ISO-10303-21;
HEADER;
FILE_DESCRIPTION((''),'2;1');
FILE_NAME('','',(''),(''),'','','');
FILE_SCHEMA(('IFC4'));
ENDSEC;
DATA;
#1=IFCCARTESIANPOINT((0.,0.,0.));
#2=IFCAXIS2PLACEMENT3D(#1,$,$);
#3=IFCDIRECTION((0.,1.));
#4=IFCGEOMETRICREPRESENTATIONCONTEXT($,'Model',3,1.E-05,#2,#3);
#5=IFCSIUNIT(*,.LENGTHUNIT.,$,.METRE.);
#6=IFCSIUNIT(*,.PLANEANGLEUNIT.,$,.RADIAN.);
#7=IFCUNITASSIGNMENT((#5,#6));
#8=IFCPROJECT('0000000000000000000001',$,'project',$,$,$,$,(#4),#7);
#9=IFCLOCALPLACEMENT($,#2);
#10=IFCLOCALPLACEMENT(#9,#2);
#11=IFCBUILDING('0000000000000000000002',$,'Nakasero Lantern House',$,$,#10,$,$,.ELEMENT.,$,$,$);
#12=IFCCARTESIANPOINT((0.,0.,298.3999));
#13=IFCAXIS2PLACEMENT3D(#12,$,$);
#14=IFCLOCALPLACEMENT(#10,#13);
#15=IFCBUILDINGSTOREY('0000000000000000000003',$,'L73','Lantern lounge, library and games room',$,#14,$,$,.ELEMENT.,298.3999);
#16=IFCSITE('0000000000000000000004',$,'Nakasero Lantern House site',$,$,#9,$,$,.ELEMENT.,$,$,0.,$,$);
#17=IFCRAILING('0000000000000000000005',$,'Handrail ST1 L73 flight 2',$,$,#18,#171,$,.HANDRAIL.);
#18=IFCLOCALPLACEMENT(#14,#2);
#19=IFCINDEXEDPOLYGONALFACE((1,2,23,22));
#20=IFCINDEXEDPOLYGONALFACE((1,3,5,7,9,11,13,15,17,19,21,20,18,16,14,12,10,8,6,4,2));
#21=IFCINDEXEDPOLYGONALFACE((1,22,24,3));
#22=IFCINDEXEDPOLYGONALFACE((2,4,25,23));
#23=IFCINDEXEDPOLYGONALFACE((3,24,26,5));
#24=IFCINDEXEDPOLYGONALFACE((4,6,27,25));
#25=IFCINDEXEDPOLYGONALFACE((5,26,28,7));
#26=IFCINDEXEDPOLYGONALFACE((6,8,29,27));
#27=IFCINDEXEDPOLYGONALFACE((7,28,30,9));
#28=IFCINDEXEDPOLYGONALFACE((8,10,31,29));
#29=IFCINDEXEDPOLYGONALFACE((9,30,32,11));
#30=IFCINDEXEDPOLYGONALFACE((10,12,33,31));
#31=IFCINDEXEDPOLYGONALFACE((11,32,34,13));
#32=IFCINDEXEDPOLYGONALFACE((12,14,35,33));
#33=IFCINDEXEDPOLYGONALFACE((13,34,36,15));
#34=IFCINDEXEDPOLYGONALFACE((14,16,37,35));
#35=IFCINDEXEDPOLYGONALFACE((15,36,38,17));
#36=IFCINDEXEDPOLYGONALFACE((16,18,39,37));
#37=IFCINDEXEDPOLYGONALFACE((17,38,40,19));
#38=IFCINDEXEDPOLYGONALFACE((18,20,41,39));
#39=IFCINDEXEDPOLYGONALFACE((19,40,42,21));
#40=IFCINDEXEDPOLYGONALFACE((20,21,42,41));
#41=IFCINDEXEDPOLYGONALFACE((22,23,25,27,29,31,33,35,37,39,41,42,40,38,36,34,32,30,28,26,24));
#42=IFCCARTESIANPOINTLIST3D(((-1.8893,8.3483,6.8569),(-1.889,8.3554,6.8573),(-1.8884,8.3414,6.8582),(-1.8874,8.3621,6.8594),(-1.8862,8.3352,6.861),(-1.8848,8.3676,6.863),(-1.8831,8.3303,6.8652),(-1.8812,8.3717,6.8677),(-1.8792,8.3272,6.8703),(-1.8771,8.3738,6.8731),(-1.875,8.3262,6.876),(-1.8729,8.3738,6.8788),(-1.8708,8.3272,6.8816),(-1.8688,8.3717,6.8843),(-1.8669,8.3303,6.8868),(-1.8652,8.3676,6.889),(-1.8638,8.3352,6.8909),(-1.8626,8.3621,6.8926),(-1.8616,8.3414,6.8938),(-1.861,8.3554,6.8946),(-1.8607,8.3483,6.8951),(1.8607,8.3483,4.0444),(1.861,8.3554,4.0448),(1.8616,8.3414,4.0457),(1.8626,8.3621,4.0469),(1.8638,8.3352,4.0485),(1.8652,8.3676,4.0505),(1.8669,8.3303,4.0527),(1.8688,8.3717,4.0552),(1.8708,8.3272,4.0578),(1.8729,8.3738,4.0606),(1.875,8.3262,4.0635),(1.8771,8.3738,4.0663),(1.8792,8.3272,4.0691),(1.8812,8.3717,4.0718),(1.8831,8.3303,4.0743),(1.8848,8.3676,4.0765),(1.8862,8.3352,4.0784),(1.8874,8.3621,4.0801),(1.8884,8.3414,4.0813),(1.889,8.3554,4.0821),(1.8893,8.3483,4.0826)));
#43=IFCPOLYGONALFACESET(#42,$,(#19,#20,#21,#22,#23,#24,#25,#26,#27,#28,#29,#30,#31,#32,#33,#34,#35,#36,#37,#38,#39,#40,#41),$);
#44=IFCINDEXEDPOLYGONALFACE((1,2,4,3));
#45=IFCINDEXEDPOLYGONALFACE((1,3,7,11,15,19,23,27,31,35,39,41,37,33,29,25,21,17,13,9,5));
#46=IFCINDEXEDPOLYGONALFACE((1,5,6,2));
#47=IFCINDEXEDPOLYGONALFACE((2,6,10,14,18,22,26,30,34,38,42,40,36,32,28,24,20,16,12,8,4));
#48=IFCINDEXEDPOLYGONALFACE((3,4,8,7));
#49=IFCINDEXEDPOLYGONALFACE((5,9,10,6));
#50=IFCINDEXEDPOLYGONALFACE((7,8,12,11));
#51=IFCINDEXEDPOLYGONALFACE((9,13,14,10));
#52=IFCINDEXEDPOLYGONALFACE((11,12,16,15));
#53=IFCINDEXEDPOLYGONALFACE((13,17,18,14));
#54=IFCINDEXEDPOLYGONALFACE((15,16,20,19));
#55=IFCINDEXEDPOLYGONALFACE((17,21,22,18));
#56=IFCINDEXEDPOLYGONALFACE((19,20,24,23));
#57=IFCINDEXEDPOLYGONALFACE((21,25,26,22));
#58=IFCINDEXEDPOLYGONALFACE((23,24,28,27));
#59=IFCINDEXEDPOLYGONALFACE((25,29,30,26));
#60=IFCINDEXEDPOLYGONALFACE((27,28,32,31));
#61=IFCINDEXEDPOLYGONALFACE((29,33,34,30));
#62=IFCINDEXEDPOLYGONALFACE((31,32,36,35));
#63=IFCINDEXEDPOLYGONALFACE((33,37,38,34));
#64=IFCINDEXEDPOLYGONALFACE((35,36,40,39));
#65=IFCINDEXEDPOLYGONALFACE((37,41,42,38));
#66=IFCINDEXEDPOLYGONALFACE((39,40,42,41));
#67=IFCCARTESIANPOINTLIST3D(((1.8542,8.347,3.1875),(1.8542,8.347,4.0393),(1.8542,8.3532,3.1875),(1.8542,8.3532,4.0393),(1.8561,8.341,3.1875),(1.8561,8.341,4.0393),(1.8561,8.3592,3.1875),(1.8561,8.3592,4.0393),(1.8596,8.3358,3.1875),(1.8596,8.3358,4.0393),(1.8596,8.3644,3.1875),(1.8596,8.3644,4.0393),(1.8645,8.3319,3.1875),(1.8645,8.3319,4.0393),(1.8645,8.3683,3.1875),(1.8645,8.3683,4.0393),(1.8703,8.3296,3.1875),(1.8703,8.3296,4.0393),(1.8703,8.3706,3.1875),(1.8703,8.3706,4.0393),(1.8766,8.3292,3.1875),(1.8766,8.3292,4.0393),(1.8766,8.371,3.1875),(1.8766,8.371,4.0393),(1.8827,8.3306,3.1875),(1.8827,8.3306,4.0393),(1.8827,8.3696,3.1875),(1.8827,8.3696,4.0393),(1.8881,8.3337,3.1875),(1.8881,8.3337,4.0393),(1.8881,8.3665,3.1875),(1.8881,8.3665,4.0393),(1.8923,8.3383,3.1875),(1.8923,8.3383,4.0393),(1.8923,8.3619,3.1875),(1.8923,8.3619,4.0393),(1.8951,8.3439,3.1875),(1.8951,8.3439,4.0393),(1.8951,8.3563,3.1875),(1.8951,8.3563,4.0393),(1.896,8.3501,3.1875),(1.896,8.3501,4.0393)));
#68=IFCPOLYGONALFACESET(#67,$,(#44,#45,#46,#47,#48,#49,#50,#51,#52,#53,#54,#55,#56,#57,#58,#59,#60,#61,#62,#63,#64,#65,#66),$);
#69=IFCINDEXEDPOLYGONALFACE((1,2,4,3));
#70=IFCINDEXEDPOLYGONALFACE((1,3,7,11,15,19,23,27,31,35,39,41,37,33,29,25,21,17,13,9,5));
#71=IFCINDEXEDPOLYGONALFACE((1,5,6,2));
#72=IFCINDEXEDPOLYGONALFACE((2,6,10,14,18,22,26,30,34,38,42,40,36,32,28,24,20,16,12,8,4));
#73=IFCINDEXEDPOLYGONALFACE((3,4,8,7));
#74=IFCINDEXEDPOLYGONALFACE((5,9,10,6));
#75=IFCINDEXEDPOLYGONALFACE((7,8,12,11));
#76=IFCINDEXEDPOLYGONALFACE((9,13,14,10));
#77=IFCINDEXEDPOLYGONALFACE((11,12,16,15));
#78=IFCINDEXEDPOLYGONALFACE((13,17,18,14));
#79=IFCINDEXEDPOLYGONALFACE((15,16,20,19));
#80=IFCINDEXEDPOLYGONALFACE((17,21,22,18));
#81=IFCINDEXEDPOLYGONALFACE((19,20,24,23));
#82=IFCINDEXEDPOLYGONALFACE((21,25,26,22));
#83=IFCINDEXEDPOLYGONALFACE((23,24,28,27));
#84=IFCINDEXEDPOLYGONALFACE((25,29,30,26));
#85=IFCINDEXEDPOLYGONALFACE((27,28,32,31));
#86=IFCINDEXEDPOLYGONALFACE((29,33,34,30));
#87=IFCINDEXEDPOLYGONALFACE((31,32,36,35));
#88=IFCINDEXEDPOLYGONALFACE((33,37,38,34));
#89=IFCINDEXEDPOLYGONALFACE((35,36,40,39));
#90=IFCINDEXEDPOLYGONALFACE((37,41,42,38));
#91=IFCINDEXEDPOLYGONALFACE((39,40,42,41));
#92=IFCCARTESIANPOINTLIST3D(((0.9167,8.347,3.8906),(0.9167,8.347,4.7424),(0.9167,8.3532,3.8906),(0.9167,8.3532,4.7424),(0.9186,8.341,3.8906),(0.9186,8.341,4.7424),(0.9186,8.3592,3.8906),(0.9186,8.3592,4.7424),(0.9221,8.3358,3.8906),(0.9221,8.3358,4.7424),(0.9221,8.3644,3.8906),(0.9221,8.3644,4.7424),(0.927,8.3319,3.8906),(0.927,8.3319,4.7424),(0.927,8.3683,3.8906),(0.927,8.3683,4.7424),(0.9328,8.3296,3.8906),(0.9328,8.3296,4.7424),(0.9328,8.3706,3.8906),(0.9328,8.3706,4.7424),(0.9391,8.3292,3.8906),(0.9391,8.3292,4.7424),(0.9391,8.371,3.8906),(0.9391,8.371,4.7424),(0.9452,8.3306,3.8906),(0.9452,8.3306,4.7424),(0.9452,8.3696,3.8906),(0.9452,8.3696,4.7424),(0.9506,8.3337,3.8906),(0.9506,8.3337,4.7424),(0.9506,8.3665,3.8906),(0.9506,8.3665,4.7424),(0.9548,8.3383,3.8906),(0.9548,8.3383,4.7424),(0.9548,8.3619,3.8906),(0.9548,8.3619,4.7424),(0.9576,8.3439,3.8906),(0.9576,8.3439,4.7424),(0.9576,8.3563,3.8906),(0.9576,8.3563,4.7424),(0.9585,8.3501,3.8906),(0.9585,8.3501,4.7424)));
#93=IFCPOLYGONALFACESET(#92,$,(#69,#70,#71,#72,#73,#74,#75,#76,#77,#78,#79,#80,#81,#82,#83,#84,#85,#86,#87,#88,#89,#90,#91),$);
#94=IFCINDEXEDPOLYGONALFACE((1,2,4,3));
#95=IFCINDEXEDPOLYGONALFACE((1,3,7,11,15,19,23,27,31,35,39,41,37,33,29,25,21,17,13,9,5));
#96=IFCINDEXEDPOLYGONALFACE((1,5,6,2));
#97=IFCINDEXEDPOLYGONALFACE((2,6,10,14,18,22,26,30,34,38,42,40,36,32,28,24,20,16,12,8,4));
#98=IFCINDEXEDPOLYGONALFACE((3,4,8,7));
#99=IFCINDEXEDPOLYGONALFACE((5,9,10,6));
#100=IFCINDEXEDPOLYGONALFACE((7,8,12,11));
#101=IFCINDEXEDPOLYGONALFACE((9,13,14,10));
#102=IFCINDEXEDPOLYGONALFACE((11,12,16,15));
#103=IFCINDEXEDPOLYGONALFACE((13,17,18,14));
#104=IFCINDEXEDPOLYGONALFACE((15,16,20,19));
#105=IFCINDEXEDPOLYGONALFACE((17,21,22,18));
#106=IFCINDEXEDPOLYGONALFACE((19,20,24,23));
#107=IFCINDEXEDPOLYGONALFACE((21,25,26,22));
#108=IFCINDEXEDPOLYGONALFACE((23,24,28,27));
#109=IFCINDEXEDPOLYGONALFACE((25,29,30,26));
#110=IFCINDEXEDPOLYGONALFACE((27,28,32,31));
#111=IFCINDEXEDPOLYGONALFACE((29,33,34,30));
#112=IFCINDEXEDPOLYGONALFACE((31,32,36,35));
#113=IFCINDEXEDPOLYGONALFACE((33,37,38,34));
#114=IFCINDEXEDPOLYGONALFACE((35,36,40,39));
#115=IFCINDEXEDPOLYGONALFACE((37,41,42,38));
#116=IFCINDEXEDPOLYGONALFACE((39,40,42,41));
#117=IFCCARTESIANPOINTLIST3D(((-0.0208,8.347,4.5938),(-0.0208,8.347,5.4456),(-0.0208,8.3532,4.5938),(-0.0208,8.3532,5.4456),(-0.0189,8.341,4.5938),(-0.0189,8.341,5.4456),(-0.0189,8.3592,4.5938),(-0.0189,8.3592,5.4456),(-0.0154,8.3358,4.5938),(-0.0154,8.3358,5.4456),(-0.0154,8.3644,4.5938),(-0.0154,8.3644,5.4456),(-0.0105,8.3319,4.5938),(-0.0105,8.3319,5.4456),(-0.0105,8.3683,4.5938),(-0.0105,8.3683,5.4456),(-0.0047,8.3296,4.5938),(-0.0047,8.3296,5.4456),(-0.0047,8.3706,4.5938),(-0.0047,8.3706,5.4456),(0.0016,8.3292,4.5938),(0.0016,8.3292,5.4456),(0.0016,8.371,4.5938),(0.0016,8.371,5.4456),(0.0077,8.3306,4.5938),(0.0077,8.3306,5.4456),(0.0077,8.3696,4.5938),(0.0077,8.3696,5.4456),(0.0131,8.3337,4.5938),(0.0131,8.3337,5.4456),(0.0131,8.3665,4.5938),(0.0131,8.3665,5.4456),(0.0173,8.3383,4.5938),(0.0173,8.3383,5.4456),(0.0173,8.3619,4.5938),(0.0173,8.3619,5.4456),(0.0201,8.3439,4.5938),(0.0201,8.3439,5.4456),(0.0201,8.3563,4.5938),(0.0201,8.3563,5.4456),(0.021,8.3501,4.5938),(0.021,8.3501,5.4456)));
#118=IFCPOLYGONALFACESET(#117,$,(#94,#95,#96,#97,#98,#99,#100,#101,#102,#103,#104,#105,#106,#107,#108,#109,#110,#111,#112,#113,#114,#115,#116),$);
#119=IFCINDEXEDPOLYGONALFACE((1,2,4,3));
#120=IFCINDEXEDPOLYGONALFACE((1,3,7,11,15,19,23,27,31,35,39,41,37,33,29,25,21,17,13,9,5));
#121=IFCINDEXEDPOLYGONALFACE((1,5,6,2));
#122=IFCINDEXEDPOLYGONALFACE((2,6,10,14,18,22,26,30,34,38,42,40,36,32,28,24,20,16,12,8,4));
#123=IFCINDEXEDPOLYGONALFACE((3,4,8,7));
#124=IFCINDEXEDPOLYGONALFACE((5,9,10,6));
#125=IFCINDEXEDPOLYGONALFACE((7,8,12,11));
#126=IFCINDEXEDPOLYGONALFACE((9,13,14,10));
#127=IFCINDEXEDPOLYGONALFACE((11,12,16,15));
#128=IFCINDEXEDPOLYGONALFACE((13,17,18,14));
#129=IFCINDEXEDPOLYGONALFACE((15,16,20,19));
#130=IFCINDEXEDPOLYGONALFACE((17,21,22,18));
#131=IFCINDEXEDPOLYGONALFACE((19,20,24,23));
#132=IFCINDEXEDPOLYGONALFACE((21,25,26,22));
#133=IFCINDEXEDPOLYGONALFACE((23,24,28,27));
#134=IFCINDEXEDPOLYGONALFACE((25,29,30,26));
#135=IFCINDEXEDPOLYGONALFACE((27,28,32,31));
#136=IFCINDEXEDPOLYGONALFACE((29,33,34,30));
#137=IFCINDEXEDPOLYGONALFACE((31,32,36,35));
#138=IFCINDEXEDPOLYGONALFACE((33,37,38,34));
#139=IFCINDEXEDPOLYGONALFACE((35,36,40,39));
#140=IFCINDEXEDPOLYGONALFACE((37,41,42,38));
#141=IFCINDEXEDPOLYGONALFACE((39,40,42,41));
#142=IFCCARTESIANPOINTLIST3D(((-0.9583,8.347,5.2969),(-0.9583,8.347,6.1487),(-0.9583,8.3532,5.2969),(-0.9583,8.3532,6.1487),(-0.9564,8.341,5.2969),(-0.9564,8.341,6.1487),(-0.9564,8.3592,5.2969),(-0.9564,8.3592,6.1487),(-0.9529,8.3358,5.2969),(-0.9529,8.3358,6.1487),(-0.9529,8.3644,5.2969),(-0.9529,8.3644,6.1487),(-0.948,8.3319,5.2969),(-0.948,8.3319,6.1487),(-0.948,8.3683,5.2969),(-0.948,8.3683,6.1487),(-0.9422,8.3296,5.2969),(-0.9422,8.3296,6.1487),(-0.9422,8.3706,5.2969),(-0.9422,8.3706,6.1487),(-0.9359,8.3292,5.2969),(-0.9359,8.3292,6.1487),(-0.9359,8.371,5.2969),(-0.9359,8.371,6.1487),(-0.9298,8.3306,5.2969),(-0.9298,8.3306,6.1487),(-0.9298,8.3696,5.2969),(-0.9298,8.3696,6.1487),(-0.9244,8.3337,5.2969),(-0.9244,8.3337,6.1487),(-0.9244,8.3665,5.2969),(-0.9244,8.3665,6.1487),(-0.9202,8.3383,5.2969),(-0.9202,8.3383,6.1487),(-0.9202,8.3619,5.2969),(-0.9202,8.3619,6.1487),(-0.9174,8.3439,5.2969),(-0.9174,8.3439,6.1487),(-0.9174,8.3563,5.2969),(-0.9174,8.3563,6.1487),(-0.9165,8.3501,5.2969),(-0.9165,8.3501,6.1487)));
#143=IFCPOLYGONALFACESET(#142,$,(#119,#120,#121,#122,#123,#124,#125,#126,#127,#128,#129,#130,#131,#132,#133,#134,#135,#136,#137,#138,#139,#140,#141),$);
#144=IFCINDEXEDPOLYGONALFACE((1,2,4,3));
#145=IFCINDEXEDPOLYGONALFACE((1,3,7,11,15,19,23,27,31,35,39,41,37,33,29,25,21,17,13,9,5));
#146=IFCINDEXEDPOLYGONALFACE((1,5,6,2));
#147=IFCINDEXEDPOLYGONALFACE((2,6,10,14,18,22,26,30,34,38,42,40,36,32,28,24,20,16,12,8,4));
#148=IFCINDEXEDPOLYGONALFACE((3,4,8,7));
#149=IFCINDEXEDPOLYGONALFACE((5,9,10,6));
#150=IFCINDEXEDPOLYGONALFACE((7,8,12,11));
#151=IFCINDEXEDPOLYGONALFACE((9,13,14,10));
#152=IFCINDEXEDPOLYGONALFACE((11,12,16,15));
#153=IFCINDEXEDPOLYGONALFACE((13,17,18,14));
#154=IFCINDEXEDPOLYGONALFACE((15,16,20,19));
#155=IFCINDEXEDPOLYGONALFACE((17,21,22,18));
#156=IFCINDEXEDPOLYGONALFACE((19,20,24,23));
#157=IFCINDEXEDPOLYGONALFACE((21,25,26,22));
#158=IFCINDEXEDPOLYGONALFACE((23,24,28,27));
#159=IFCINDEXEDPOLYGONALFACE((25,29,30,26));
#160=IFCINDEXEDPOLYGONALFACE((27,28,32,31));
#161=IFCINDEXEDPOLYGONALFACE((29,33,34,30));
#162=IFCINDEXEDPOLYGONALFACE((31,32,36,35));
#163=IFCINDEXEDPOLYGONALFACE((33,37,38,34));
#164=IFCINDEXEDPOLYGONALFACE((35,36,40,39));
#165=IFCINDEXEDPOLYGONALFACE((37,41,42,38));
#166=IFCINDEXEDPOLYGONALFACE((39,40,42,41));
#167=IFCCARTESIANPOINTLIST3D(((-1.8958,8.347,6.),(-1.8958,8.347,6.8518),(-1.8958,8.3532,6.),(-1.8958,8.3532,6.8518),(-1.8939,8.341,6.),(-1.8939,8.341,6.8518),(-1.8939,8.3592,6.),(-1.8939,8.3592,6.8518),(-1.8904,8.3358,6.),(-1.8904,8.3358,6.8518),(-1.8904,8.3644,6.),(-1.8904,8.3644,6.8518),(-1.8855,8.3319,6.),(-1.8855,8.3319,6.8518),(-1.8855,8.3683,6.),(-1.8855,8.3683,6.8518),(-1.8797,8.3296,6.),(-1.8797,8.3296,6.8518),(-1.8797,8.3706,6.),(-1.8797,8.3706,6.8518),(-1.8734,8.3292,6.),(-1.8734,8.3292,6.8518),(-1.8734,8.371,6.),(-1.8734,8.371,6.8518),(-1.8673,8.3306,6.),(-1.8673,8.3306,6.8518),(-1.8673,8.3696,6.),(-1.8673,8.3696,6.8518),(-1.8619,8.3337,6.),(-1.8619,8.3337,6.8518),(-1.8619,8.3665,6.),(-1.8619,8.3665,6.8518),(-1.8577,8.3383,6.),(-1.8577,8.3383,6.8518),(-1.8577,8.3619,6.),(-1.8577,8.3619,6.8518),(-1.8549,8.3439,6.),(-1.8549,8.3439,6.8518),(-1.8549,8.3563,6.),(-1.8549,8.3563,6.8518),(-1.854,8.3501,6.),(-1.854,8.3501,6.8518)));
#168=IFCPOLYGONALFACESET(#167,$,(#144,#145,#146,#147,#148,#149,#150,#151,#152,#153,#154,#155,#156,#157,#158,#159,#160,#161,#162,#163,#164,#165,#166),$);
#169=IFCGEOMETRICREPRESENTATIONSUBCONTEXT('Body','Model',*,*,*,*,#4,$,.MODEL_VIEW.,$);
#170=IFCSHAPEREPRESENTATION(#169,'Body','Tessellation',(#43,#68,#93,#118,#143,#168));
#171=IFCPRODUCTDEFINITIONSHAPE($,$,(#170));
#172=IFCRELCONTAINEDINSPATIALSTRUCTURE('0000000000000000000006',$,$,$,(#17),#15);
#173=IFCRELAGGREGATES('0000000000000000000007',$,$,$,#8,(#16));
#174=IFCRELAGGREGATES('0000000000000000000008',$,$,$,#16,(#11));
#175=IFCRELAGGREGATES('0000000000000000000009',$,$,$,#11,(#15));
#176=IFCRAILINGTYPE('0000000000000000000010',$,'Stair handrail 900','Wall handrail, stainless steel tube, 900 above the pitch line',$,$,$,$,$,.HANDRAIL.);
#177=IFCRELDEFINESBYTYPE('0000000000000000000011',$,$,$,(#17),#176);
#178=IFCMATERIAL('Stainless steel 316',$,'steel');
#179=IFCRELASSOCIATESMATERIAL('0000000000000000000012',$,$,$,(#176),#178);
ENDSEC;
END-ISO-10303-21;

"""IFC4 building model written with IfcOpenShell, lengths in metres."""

from ifc_helpers import new_model, si_unit, direction, frame, origin, origin_2d, place, context, subcontext, project, spatial, circle, extrude, material, type_object, element, save


model = new_model("IFC4")

# Units and contexts
model_context = context("Model", 3, precision=1e-05, world=origin(), true_north=direction((0.0, 1.0)))
body_context = subcontext(model_context, "Body", "Model", "MODEL_VIEW")
ifc_project = project(units=[si_unit("LENGTHUNIT", "METRE"), si_unit("PLANEANGLEUNIT", "RADIAN")], contexts=[model_context])

# Site, building, storey
site_placement = place(None, origin())
site = spatial("IfcSite", under=ifc_project, at=site_placement, Name="Nakasero Lantern House site", CompositionType="ELEMENT", RefElevation=0.0)
building_placement = place(site_placement, origin())
building = spatial("IfcBuilding", under=site, at=building_placement, Name="Nakasero Lantern House", CompositionType="ELEMENT")
storey_placement = place(building_placement, frame((0.0, 0.0, 298.3999)))
storey = spatial("IfcBuildingStorey", under=building, at=storey_placement, Name="L73", Description="Lantern lounge, library and games room", CompositionType="ELEMENT", Elevation=298.3999)

# Railing
ifc_material_1 = material(Name="Stainless steel 316", Category="steel")
railing_type = type_object("IfcRailingType", Name="Stair handrail 900", Description="Wall handrail, stainless steel tube, 900 above the pitch line", PredefinedType="HANDRAIL", material=ifc_material_1)
railing_placement = place(storey_placement, frame((1.875, 8.3501, 3.1875)))
element("IfcRailing", 1, at=railing_placement, inside=storey, type_object=railing_type, Name="Handrail ST1 L73 flight 2", PredefinedType="HANDRAIL", context=body_context, shape_type="SweptSolid", body=[
    extrude(circle(Radius=0.0239, at=origin_2d()), frame((0.0, 0.0, 0.876), z_axis=(-0.8, 0.0, 0.6), x_axis=(0.0, -1.0, 0.0)), (0.0, 0.0, 1.0), 4.6875),
    extrude(circle(Radius=0.021, at=origin_2d()), origin(), (0.0, 0.0, 1.0), 0.8518),
    extrude(circle(Radius=0.021, at=origin_2d()), frame((-0.9375, 0.0, 0.7031)), (0.0, 0.0, 1.0), 0.8518),
    extrude(circle(Radius=0.021, at=origin_2d()), frame((-1.875, 0.0, 1.4062)), (0.0, 0.0, 1.0), 0.8518),
    extrude(circle(Radius=0.021, at=origin_2d()), frame((-2.8125, 0.0, 2.1094)), (0.0, 0.0, 1.0), 0.8518),
    extrude(circle(Radius=0.021, at=origin_2d()), frame((-3.75, 0.0, 2.8125)), (0.0, 0.0, 1.0), 0.8518),
])

save(model, "model.ifc")
